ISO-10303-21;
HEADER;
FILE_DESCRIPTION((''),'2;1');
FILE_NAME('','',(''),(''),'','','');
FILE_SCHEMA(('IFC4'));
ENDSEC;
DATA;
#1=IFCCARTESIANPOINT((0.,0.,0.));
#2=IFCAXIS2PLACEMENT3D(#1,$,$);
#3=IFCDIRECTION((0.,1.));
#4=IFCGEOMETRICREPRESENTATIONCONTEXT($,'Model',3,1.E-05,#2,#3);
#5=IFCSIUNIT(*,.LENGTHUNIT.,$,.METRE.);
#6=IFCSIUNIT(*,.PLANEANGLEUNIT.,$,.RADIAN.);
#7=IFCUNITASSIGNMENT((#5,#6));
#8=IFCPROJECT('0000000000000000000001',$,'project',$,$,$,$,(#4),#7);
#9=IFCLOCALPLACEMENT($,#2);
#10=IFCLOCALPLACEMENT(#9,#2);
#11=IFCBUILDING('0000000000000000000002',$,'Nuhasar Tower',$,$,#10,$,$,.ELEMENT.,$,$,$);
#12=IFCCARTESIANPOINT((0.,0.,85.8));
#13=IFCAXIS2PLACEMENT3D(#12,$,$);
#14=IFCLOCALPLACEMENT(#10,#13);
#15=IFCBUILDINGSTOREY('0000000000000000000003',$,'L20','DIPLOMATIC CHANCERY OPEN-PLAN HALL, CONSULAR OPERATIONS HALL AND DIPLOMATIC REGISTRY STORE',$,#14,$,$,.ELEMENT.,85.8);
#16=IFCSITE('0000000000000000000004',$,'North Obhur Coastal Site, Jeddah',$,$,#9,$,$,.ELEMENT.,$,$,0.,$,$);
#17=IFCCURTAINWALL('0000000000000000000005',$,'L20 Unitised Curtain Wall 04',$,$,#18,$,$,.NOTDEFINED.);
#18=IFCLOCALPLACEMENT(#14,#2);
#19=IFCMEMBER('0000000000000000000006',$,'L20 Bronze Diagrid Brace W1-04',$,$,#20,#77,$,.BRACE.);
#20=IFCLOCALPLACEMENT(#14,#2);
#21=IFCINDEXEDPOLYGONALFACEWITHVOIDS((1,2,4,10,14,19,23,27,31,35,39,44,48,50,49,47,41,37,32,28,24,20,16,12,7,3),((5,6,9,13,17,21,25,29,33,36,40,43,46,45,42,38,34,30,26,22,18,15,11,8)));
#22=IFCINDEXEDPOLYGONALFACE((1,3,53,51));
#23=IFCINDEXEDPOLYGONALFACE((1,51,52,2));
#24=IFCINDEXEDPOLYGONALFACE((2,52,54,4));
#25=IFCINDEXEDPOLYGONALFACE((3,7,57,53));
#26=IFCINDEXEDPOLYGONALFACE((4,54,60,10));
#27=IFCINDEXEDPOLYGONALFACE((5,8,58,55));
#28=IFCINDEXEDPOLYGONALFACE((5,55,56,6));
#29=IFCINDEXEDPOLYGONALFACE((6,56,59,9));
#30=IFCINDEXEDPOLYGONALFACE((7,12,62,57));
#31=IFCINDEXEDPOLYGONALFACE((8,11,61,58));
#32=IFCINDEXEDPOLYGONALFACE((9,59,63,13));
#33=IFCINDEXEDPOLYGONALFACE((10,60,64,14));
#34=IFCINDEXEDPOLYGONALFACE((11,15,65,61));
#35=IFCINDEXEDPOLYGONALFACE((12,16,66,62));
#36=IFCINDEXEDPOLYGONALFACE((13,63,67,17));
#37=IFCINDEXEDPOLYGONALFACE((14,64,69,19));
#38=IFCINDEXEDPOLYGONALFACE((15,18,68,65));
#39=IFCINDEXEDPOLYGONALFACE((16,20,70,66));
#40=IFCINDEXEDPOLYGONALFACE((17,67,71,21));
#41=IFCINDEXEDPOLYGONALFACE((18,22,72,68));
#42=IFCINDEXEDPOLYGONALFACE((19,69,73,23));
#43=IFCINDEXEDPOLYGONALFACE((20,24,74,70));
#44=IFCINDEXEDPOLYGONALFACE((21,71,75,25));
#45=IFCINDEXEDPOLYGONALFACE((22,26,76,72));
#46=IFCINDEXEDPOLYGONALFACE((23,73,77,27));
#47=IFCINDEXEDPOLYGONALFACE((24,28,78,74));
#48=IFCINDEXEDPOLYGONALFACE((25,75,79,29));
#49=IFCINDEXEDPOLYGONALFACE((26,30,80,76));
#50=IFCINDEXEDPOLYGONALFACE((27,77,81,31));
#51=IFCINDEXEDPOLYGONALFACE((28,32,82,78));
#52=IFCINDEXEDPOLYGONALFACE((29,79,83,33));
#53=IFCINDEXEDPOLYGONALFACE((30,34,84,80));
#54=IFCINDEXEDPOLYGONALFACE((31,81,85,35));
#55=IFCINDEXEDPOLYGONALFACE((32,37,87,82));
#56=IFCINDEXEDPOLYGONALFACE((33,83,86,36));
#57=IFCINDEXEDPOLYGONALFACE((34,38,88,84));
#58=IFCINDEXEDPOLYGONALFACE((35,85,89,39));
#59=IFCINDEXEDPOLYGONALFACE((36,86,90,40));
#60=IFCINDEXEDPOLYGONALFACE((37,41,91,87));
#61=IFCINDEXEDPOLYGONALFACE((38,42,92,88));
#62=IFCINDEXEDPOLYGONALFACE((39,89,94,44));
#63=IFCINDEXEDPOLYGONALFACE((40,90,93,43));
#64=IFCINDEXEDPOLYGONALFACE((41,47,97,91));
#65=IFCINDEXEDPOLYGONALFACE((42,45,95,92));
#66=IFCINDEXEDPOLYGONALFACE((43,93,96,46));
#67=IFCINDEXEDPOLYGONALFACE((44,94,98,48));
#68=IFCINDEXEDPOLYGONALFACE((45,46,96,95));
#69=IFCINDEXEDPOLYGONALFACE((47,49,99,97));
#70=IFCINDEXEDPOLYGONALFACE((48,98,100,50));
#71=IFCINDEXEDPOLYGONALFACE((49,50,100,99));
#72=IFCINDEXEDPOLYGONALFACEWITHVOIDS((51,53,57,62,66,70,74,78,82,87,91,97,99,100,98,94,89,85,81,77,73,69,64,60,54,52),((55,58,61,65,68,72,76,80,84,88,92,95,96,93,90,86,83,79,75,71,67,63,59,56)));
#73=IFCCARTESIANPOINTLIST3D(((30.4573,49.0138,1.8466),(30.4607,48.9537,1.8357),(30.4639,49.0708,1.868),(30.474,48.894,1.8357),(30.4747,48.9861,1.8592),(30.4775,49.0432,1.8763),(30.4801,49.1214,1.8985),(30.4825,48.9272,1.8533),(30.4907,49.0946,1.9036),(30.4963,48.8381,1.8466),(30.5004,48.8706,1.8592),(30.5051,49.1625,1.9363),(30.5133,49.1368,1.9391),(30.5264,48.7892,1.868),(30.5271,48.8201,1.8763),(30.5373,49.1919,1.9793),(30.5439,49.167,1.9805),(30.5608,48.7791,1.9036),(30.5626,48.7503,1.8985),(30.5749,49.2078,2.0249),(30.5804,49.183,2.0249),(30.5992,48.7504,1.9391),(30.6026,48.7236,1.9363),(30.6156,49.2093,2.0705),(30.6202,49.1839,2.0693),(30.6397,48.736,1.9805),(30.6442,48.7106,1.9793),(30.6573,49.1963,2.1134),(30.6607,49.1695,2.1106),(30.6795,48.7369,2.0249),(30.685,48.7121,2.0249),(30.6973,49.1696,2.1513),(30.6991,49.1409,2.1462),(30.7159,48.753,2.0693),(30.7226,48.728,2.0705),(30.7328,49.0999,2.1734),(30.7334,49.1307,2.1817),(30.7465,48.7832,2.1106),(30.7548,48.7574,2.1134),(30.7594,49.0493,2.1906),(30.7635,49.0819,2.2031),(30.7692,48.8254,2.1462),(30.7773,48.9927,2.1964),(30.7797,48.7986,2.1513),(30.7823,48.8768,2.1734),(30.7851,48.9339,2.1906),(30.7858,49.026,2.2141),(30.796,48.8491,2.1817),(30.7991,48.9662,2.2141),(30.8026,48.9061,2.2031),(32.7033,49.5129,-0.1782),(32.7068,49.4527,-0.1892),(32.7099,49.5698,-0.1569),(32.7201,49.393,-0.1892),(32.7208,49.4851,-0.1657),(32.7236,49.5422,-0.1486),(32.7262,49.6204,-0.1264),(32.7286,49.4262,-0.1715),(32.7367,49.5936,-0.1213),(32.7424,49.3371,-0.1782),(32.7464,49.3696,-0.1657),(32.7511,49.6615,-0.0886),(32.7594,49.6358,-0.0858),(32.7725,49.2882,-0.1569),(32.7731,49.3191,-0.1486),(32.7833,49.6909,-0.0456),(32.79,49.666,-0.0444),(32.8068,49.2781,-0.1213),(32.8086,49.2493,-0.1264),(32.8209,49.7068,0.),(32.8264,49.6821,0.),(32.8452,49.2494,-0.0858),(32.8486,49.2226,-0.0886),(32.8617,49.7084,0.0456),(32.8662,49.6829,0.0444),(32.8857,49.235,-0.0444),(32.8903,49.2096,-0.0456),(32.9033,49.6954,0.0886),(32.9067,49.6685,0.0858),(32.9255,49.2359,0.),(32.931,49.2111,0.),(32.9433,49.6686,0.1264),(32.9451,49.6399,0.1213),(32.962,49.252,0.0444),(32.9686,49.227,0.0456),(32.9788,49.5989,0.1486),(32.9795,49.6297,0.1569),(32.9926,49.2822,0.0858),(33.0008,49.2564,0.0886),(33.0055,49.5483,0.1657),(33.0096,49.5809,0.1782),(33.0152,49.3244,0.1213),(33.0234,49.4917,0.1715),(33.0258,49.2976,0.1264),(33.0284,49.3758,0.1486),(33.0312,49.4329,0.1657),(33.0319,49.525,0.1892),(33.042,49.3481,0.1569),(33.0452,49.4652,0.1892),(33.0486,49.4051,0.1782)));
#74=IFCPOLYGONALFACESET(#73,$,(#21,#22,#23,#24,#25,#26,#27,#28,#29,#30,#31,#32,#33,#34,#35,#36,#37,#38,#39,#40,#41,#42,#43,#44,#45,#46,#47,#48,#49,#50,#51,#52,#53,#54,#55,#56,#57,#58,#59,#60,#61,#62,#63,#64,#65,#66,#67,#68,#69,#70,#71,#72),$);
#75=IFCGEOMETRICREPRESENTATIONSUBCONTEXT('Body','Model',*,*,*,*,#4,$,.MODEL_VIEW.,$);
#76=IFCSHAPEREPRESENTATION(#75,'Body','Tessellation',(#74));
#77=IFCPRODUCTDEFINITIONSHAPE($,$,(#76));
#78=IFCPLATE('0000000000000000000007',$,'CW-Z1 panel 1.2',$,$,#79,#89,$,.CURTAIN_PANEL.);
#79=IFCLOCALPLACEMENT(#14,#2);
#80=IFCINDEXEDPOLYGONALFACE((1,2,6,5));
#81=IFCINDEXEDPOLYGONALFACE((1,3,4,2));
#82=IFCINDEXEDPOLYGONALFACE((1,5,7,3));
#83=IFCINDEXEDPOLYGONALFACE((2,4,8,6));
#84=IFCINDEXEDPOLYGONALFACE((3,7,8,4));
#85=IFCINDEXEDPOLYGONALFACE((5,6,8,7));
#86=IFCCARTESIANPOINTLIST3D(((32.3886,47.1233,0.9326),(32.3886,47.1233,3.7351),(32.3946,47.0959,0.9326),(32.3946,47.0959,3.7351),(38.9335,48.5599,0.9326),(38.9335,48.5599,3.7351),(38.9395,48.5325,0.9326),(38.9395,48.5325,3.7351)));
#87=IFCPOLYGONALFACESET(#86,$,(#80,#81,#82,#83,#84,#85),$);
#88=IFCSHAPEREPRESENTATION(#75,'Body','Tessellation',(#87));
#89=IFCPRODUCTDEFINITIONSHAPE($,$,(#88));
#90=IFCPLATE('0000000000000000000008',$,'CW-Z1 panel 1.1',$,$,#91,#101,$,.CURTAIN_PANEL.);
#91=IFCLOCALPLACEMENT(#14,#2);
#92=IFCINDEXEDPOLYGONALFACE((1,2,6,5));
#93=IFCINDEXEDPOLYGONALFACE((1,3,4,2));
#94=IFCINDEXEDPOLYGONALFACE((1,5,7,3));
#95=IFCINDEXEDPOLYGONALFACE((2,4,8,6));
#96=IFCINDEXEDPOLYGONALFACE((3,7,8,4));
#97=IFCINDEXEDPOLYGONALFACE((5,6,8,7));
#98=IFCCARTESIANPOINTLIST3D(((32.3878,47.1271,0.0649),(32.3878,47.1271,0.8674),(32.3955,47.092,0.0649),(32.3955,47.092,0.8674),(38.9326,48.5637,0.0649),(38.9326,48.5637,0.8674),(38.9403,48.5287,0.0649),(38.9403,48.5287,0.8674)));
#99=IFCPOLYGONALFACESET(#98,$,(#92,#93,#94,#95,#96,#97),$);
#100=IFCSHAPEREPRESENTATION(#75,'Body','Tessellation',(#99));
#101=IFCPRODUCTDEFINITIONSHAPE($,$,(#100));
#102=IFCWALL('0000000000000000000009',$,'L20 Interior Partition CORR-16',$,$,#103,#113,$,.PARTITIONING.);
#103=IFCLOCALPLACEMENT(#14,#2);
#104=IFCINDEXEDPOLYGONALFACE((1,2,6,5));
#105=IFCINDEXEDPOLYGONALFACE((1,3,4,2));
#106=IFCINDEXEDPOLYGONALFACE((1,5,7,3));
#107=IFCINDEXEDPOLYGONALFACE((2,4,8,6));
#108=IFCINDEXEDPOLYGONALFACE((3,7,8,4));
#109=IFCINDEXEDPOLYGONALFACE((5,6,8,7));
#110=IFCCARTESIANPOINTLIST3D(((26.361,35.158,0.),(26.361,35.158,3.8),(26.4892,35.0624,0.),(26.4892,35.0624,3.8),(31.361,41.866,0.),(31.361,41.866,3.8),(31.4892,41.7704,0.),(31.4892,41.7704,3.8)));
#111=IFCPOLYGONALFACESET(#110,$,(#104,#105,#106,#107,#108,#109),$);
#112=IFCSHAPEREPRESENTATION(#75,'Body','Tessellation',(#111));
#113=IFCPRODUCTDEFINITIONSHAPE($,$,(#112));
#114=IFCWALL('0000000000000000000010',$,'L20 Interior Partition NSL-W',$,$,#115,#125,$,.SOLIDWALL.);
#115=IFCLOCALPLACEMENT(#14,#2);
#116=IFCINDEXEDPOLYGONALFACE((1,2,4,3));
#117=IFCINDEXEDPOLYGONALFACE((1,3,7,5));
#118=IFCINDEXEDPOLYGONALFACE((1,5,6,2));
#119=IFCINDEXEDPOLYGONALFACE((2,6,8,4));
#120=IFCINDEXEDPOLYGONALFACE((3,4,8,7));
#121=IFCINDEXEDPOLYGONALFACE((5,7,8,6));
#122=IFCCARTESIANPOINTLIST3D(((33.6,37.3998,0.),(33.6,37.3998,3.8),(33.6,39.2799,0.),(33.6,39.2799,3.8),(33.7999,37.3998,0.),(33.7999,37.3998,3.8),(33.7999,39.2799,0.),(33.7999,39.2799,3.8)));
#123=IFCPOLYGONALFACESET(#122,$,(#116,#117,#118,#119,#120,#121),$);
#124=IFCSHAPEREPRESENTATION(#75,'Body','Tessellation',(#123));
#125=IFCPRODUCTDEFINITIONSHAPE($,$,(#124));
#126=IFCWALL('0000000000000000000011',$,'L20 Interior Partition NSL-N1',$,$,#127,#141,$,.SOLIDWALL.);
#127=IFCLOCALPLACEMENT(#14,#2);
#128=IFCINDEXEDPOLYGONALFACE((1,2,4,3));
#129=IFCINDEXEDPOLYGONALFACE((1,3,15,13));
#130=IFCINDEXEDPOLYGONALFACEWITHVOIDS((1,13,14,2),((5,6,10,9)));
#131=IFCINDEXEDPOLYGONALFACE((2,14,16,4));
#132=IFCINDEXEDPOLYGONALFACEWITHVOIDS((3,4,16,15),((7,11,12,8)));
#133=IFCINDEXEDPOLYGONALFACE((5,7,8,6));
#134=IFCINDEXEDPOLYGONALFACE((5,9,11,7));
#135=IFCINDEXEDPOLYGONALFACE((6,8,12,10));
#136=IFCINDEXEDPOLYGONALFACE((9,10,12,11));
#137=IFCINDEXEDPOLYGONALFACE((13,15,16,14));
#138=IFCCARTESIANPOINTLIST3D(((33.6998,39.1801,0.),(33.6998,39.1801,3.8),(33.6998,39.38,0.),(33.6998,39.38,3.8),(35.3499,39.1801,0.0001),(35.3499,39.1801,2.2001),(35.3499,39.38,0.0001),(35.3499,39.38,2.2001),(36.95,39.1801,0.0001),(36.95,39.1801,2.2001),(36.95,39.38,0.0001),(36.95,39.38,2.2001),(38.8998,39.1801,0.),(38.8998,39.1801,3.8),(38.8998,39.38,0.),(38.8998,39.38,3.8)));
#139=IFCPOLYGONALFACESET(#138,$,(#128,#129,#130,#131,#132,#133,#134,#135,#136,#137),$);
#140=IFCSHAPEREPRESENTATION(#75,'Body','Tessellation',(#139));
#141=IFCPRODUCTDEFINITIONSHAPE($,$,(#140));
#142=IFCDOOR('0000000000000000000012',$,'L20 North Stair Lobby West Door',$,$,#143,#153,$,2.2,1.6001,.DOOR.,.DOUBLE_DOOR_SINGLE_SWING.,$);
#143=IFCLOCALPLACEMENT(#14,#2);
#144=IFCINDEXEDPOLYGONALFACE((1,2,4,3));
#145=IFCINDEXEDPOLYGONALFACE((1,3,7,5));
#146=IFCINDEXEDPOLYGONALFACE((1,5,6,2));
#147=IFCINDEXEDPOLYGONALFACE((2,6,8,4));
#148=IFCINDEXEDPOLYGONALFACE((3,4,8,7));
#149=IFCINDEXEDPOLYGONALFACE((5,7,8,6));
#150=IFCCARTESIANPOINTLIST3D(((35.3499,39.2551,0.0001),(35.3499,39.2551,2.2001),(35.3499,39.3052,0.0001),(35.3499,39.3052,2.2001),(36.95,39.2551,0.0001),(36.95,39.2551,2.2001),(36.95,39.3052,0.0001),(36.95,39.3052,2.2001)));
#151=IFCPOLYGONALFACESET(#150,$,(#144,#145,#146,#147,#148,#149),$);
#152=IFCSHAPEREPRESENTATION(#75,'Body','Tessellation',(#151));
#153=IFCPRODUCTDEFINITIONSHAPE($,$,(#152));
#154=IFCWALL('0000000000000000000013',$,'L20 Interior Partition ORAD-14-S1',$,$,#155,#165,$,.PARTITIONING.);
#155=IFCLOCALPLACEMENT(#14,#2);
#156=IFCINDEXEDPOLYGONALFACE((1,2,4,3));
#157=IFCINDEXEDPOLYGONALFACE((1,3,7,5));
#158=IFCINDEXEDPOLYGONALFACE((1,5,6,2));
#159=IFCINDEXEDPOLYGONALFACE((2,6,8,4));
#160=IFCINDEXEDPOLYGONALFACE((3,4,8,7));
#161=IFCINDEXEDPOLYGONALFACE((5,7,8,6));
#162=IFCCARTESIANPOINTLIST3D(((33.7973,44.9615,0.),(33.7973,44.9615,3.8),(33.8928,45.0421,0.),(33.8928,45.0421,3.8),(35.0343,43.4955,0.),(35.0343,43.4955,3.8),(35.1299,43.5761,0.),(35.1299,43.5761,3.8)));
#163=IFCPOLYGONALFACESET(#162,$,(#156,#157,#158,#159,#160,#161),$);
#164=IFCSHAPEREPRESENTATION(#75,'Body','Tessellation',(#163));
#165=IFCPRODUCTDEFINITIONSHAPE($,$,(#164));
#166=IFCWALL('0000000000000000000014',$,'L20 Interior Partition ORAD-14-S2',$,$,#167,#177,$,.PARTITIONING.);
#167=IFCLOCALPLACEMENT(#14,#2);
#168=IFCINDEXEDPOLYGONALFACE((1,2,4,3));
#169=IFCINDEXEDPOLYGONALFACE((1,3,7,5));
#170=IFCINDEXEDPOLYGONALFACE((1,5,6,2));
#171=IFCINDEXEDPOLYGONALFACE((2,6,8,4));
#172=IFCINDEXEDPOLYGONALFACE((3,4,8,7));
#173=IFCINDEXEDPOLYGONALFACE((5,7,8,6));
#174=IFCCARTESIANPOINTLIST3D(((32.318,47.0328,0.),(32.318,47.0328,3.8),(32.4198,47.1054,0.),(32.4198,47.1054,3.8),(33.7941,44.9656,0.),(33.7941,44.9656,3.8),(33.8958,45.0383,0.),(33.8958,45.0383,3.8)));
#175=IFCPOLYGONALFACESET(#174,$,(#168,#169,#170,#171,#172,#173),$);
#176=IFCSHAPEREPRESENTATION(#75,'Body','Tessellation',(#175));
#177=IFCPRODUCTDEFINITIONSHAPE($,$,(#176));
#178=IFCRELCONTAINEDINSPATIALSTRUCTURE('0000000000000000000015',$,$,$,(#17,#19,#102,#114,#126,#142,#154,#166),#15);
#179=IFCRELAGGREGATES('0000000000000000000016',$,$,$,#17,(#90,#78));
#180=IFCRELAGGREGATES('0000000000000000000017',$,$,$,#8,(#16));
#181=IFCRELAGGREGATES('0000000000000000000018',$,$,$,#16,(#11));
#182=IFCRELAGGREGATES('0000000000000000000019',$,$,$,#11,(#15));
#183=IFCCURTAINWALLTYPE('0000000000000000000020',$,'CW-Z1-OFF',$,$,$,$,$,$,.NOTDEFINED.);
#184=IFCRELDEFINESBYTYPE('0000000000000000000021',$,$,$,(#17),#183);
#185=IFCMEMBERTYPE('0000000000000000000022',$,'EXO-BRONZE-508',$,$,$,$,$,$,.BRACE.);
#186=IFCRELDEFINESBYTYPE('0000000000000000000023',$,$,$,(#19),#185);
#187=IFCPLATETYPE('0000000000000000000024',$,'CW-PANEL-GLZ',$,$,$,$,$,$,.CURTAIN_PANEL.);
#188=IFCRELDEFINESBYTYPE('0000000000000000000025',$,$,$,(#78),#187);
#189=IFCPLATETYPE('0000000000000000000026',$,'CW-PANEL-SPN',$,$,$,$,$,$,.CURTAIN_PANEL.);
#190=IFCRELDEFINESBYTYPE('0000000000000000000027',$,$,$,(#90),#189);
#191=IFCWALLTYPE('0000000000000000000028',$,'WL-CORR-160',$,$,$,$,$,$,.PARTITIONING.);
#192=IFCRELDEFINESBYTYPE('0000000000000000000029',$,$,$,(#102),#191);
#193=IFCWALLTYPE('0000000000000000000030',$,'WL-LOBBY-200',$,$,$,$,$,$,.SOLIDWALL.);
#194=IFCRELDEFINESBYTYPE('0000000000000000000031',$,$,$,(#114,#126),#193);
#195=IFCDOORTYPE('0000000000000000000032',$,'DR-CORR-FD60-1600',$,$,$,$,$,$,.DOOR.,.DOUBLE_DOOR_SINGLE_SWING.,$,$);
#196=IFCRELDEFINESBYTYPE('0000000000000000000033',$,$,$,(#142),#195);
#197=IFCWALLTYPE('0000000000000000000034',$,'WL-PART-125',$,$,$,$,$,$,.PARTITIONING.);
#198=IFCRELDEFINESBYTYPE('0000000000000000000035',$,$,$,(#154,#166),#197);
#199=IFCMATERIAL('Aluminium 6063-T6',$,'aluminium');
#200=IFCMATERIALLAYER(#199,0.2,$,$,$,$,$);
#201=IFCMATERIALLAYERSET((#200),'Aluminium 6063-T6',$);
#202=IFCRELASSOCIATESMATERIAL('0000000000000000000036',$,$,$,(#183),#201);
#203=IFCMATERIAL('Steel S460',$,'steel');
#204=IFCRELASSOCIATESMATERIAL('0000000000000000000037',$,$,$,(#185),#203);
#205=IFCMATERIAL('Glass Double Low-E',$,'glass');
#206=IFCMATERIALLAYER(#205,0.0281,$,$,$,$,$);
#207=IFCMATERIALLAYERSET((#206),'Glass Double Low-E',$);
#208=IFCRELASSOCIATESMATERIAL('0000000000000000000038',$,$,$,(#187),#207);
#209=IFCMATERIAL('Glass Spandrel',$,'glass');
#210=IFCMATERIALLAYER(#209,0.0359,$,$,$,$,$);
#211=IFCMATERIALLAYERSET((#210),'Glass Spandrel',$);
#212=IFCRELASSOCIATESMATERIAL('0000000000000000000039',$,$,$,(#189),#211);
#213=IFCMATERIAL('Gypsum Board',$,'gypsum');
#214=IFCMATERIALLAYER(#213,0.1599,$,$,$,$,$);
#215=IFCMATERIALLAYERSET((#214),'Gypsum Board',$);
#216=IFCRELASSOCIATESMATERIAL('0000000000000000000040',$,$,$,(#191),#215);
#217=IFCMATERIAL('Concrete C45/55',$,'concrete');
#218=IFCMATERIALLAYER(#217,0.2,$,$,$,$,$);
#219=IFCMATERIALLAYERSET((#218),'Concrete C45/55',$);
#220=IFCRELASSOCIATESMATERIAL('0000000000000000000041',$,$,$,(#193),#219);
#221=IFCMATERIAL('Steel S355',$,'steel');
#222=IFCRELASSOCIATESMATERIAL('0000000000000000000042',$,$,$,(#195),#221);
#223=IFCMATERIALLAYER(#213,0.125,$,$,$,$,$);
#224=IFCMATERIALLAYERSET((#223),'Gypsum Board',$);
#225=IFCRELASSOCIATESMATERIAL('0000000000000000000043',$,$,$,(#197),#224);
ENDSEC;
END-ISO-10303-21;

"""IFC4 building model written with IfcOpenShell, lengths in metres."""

from ifc_helpers import new_model, si_unit, direction, frame, frame_2d, origin, origin_2d, place, context, subcontext, project, spatial, rectangle, hollow_circle, extrude, material, layer, layer_set, material_profile, profile_set, type_object, element, fill, aggregate, save


model = new_model("IFC4")

# Units and contexts
model_context = context("Model", 3, precision=1e-05, world=origin(), true_north=direction((0.0, 1.0)))
body_context = subcontext(model_context, "Body", "Model", "MODEL_VIEW")
ifc_project = project(units=[si_unit("LENGTHUNIT", "METRE"), si_unit("PLANEANGLEUNIT", "RADIAN")], contexts=[model_context])

# Site, building, storey
site_placement = place(None, origin())
site = spatial("IfcSite", under=ifc_project, at=site_placement, Name="North Obhur Coastal Site, Jeddah", CompositionType="ELEMENT", RefElevation=0.0)
building_placement = place(site_placement, origin())
building = spatial("IfcBuilding", under=site, at=building_placement, Name="Nuhasar Tower", CompositionType="ELEMENT")
storey_placement = place(building_placement, frame((0.0, 0.0, 85.8)))
storey = spatial("IfcBuildingStorey", under=building, at=storey_placement, Name="L20", Description="DIPLOMATIC CHANCERY OPEN-PLAN HALL, CONSULAR OPERATIONS HALL AND DIPLOMATIC REGISTRY STORE", CompositionType="ELEMENT", Elevation=85.8)

# Shared definitions
ifc_material_1 = material(Name="Steel S355", Category="steel")

# Curtain wall
ifc_material_2 = material(Name="Aluminium 6063-T6", Category="aluminium")
ifc_layer_1 = layer(ifc_material_2, 0.2)
ifc_layer_set_1 = layer_set([ifc_layer_1], Name="Aluminium 6063-T6")
curtain_wall_type = type_object("IfcCurtainWallType", Name="CW-Z1-OFF", PredefinedType="NOTDEFINED", material=ifc_layer_set_1)
curtain_wall_placement = place(storey_placement, origin())
curtain_wall = element("IfcCurtainWall", 1, at=curtain_wall_placement, inside=storey, type_object=curtain_wall_type, Name="L20 Unitised Curtain Wall 04", PredefinedType="NOTDEFINED")

# Member
ifc_material_3 = material(Name="Steel S460", Category="steel")
ifc_material_profile_1 = material_profile(ifc_material_3, hollow_circle(Radius=0.2539, WallThickness=0.0254, at=origin_2d()), Name="HSS508X25.4")
ifc_profile_set_1 = profile_set([ifc_material_profile_1], Name="Steel S460")
member_type_1 = type_object("IfcMemberType", Name="EXO-BRONZE-508", PredefinedType="BRACE", material=ifc_profile_set_1)
member_1_placement = place(storey_placement, frame((32.876, 49.459, 0.0), z_axis=(-0.732821, -0.162814, 0.660654), x_axis=(0.216886, -0.976197, 0.0)))
element("IfcMember", 2, at=member_1_placement, inside=storey, type_object=member_type_1, Name="L20 Bronze Diagrid Brace W1-04", PredefinedType="BRACE", context=body_context, shape_type="SweptSolid", body=[
    extrude(hollow_circle(Radius=0.2539, WallThickness=0.0254, at=origin_2d()), origin(), (0.0, 0.0, 1.0), 3.0649),
])

# Plates
ifc_material_4 = material(Name="Glass Double Low-E", Category="glass")
ifc_layer_2 = layer(ifc_material_4, 0.0281)
ifc_layer_set_2 = layer_set([ifc_layer_2], Name="Glass Double Low-E")
plate_type_1 = type_object("IfcPlateType", Name="CW-PANEL-GLZ", PredefinedType="CURTAIN_PANEL", material=ifc_layer_set_2)
plate_1_placement = place(storey_placement, frame((35.6641, 47.8279, 0.9326), z_axis=(0.0, 0.0, 1.0), x_axis=(-0.976746, -0.214399, 0.0)))
plate_1 = element("IfcPlate", 3, at=plate_1_placement, type_object=plate_type_1, Name="CW-Z1 panel 1.2", PredefinedType="CURTAIN_PANEL", context=body_context, shape_type="SweptSolid", body=[
    extrude(rectangle(XDim=6.7007, YDim=0.0281, at=origin_2d()), origin(), (0.0, 0.0, 1.0), 2.8025),
])
ifc_material_5 = material(Name="Glass Spandrel", Category="glass")
ifc_layer_3 = layer(ifc_material_5, 0.0359)
ifc_layer_set_3 = layer_set([ifc_layer_3], Name="Glass Spandrel")
plate_type_2 = type_object("IfcPlateType", Name="CW-PANEL-SPN", PredefinedType="CURTAIN_PANEL", material=ifc_layer_set_3)
plate_2_placement = place(storey_placement, frame((35.6641, 47.8279, 0.0649), z_axis=(0.0, 0.0, 1.0), x_axis=(-0.976746, -0.214399, 0.0)))
plate_2 = element("IfcPlate", 4, at=plate_2_placement, type_object=plate_type_2, Name="CW-Z1 panel 1.1", PredefinedType="CURTAIN_PANEL", context=body_context, shape_type="SweptSolid", body=[
    extrude(rectangle(XDim=6.7007, YDim=0.0359, at=origin_2d()), origin(), (0.0, 0.0, 1.0), 0.8025),
])
aggregate(curtain_wall, [plate_2, plate_1])

# Shared definitions
ifc_material_6 = material(Name="Gypsum Board", Category="gypsum")
ifc_layer_4 = layer(ifc_material_6, 0.1599)
ifc_layer_set_4 = layer_set([ifc_layer_4], Name="Gypsum Board")
wall_type_1 = type_object("IfcWallType", Name="WL-CORR-160", PredefinedType="PARTITIONING", material=ifc_layer_set_4)

# Walls
wall_1_placement = place(storey_placement, frame((31.425, 41.8181, 0.0), z_axis=(0.0, 0.0, 1.0), x_axis=(-0.597626, -0.801775, 0.0)))
element("IfcWall", 5, at=wall_1_placement, inside=storey, type_object=wall_type_1, Name="L20 Interior Partition CORR-16", PredefinedType="PARTITIONING", context=body_context, shape_type="SweptSolid", body=[
    extrude(rectangle(XDim=8.3665, YDim=0.1599, at=frame_2d((4.1831, 0.0))), origin(), (0.0, 0.0, 1.0), 3.8),
])
ifc_material_7 = material(Name="Concrete C45/55", Category="concrete")
ifc_layer_5 = layer(ifc_material_7, 0.2)
ifc_layer_set_5 = layer_set([ifc_layer_5], Name="Concrete C45/55")
wall_type_2 = type_object("IfcWallType", Name="WL-LOBBY-200", PredefinedType="SOLIDWALL", material=ifc_layer_set_5)
wall_2_placement = place(storey_placement, frame((33.7, 37.3999, 0.0), z_axis=(0.0, 0.0, 1.0), x_axis=(0.0, 1.0, 0.0)))
element("IfcWall", 6, at=wall_2_placement, inside=storey, type_object=wall_type_2, Name="L20 Interior Partition NSL-W", PredefinedType="SOLIDWALL", context=body_context, shape_type="SweptSolid", body=[
    extrude(rectangle(XDim=1.8801, YDim=0.2, at=frame_2d((0.9399, 0.0))), origin(), (0.0, 0.0, 1.0), 3.8),
])

# Wall, opening, door
wall_3_placement = place(storey_placement, frame((38.8999, 39.28, 0.0), z_axis=(0.0, 0.0, 1.0), x_axis=(-1.0, 0.0, 0.0)))
wall_3 = element("IfcWall", 7, at=wall_3_placement, inside=storey, type_object=wall_type_2, Name="L20 Interior Partition NSL-N1", PredefinedType="SOLIDWALL", context=body_context, shape_type="SweptSolid", body=[
    extrude(rectangle(XDim=5.2, YDim=0.2, at=frame_2d((2.6001, 0.0))), origin(), (0.0, 0.0, 1.0), 3.8),
])
opening_1_placement = place(wall_3_placement, frame((1.95, 0.0, 0.0)))
opening_1 = element("IfcOpeningElement", 8, at=opening_1_placement, cuts=wall_3, PredefinedType="OPENING", context=body_context, shape_type="SweptSolid", body=[
    extrude(rectangle(XDim=1.6001, YDim=2.2, at=frame_2d((0.8, 1.1001))), frame((0.0, 0.1099, 0.0), z_axis=(0.0, -1.0, 0.0), x_axis=(1.0, 0.0, 0.0)), (0.0, 0.0, 1.0), 0.22),
])
door_type_1 = type_object("IfcDoorType", Name="DR-CORR-FD60-1600", OperationType="DOUBLE_DOOR_SINGLE_SWING", PredefinedType="DOOR", material=ifc_material_1)
door_1_placement = place(opening_1_placement, origin())
door_1 = element("IfcDoor", 9, at=door_1_placement, inside=storey, type_object=door_type_1, Name="L20 North Stair Lobby West Door", OperationType="DOUBLE_DOOR_SINGLE_SWING", OverallHeight=2.2, OverallWidth=1.6001, PredefinedType="DOOR", context=body_context, shape_type="SweptSolid", body=[
    extrude(rectangle(XDim=1.6001, YDim=2.2, at=frame_2d((0.8, 1.1001))), frame((0.0, 0.0249, 0.0), z_axis=(0.0, -1.0, 0.0), x_axis=(1.0, 0.0, 0.0)), (0.0, 0.0, 1.0), 0.05),
])
fill(opening_1, door_1)

# Walls
ifc_layer_6 = layer(ifc_material_6, 0.125)
ifc_layer_set_6 = layer_set([ifc_layer_6], Name="Gypsum Board")
wall_type_3 = type_object("IfcWallType", Name="WL-PART-125", PredefinedType="PARTITIONING", material=ifc_layer_set_6)
wall_4_placement = place(storey_placement, frame((35.082, 43.5359, 0.0), z_axis=(0.0, 0.0, 1.0), x_axis=(-0.644892, 0.764274, 0.0)))
element("IfcWall", 10, at=wall_4_placement, inside=storey, type_object=wall_type_3, Name="L20 Interior Partition ORAD-14-S1", PredefinedType="PARTITIONING", context=body_context, shape_type="SweptSolid", body=[
    extrude(rectangle(XDim=1.9182, YDim=0.125, at=frame_2d((0.959, 0.0))), origin(), (0.0, 0.0, 1.0), 3.8),
])
wall_5_placement = place(storey_placement, frame((33.845, 45.002, 0.0), z_axis=(0.0, 0.0, 1.0), x_axis=(-0.58112, 0.813818, 0.0)))
element("IfcWall", 11, at=wall_5_placement, inside=storey, type_object=wall_type_3, Name="L20 Interior Partition ORAD-14-S2", PredefinedType="PARTITIONING", context=body_context, shape_type="SweptSolid", body=[
    extrude(rectangle(XDim=2.54, YDim=0.125, at=frame_2d((1.27, 0.0))), origin(), (0.0, 0.0, 1.0), 3.8),
])

save(model, "model.ifc")
